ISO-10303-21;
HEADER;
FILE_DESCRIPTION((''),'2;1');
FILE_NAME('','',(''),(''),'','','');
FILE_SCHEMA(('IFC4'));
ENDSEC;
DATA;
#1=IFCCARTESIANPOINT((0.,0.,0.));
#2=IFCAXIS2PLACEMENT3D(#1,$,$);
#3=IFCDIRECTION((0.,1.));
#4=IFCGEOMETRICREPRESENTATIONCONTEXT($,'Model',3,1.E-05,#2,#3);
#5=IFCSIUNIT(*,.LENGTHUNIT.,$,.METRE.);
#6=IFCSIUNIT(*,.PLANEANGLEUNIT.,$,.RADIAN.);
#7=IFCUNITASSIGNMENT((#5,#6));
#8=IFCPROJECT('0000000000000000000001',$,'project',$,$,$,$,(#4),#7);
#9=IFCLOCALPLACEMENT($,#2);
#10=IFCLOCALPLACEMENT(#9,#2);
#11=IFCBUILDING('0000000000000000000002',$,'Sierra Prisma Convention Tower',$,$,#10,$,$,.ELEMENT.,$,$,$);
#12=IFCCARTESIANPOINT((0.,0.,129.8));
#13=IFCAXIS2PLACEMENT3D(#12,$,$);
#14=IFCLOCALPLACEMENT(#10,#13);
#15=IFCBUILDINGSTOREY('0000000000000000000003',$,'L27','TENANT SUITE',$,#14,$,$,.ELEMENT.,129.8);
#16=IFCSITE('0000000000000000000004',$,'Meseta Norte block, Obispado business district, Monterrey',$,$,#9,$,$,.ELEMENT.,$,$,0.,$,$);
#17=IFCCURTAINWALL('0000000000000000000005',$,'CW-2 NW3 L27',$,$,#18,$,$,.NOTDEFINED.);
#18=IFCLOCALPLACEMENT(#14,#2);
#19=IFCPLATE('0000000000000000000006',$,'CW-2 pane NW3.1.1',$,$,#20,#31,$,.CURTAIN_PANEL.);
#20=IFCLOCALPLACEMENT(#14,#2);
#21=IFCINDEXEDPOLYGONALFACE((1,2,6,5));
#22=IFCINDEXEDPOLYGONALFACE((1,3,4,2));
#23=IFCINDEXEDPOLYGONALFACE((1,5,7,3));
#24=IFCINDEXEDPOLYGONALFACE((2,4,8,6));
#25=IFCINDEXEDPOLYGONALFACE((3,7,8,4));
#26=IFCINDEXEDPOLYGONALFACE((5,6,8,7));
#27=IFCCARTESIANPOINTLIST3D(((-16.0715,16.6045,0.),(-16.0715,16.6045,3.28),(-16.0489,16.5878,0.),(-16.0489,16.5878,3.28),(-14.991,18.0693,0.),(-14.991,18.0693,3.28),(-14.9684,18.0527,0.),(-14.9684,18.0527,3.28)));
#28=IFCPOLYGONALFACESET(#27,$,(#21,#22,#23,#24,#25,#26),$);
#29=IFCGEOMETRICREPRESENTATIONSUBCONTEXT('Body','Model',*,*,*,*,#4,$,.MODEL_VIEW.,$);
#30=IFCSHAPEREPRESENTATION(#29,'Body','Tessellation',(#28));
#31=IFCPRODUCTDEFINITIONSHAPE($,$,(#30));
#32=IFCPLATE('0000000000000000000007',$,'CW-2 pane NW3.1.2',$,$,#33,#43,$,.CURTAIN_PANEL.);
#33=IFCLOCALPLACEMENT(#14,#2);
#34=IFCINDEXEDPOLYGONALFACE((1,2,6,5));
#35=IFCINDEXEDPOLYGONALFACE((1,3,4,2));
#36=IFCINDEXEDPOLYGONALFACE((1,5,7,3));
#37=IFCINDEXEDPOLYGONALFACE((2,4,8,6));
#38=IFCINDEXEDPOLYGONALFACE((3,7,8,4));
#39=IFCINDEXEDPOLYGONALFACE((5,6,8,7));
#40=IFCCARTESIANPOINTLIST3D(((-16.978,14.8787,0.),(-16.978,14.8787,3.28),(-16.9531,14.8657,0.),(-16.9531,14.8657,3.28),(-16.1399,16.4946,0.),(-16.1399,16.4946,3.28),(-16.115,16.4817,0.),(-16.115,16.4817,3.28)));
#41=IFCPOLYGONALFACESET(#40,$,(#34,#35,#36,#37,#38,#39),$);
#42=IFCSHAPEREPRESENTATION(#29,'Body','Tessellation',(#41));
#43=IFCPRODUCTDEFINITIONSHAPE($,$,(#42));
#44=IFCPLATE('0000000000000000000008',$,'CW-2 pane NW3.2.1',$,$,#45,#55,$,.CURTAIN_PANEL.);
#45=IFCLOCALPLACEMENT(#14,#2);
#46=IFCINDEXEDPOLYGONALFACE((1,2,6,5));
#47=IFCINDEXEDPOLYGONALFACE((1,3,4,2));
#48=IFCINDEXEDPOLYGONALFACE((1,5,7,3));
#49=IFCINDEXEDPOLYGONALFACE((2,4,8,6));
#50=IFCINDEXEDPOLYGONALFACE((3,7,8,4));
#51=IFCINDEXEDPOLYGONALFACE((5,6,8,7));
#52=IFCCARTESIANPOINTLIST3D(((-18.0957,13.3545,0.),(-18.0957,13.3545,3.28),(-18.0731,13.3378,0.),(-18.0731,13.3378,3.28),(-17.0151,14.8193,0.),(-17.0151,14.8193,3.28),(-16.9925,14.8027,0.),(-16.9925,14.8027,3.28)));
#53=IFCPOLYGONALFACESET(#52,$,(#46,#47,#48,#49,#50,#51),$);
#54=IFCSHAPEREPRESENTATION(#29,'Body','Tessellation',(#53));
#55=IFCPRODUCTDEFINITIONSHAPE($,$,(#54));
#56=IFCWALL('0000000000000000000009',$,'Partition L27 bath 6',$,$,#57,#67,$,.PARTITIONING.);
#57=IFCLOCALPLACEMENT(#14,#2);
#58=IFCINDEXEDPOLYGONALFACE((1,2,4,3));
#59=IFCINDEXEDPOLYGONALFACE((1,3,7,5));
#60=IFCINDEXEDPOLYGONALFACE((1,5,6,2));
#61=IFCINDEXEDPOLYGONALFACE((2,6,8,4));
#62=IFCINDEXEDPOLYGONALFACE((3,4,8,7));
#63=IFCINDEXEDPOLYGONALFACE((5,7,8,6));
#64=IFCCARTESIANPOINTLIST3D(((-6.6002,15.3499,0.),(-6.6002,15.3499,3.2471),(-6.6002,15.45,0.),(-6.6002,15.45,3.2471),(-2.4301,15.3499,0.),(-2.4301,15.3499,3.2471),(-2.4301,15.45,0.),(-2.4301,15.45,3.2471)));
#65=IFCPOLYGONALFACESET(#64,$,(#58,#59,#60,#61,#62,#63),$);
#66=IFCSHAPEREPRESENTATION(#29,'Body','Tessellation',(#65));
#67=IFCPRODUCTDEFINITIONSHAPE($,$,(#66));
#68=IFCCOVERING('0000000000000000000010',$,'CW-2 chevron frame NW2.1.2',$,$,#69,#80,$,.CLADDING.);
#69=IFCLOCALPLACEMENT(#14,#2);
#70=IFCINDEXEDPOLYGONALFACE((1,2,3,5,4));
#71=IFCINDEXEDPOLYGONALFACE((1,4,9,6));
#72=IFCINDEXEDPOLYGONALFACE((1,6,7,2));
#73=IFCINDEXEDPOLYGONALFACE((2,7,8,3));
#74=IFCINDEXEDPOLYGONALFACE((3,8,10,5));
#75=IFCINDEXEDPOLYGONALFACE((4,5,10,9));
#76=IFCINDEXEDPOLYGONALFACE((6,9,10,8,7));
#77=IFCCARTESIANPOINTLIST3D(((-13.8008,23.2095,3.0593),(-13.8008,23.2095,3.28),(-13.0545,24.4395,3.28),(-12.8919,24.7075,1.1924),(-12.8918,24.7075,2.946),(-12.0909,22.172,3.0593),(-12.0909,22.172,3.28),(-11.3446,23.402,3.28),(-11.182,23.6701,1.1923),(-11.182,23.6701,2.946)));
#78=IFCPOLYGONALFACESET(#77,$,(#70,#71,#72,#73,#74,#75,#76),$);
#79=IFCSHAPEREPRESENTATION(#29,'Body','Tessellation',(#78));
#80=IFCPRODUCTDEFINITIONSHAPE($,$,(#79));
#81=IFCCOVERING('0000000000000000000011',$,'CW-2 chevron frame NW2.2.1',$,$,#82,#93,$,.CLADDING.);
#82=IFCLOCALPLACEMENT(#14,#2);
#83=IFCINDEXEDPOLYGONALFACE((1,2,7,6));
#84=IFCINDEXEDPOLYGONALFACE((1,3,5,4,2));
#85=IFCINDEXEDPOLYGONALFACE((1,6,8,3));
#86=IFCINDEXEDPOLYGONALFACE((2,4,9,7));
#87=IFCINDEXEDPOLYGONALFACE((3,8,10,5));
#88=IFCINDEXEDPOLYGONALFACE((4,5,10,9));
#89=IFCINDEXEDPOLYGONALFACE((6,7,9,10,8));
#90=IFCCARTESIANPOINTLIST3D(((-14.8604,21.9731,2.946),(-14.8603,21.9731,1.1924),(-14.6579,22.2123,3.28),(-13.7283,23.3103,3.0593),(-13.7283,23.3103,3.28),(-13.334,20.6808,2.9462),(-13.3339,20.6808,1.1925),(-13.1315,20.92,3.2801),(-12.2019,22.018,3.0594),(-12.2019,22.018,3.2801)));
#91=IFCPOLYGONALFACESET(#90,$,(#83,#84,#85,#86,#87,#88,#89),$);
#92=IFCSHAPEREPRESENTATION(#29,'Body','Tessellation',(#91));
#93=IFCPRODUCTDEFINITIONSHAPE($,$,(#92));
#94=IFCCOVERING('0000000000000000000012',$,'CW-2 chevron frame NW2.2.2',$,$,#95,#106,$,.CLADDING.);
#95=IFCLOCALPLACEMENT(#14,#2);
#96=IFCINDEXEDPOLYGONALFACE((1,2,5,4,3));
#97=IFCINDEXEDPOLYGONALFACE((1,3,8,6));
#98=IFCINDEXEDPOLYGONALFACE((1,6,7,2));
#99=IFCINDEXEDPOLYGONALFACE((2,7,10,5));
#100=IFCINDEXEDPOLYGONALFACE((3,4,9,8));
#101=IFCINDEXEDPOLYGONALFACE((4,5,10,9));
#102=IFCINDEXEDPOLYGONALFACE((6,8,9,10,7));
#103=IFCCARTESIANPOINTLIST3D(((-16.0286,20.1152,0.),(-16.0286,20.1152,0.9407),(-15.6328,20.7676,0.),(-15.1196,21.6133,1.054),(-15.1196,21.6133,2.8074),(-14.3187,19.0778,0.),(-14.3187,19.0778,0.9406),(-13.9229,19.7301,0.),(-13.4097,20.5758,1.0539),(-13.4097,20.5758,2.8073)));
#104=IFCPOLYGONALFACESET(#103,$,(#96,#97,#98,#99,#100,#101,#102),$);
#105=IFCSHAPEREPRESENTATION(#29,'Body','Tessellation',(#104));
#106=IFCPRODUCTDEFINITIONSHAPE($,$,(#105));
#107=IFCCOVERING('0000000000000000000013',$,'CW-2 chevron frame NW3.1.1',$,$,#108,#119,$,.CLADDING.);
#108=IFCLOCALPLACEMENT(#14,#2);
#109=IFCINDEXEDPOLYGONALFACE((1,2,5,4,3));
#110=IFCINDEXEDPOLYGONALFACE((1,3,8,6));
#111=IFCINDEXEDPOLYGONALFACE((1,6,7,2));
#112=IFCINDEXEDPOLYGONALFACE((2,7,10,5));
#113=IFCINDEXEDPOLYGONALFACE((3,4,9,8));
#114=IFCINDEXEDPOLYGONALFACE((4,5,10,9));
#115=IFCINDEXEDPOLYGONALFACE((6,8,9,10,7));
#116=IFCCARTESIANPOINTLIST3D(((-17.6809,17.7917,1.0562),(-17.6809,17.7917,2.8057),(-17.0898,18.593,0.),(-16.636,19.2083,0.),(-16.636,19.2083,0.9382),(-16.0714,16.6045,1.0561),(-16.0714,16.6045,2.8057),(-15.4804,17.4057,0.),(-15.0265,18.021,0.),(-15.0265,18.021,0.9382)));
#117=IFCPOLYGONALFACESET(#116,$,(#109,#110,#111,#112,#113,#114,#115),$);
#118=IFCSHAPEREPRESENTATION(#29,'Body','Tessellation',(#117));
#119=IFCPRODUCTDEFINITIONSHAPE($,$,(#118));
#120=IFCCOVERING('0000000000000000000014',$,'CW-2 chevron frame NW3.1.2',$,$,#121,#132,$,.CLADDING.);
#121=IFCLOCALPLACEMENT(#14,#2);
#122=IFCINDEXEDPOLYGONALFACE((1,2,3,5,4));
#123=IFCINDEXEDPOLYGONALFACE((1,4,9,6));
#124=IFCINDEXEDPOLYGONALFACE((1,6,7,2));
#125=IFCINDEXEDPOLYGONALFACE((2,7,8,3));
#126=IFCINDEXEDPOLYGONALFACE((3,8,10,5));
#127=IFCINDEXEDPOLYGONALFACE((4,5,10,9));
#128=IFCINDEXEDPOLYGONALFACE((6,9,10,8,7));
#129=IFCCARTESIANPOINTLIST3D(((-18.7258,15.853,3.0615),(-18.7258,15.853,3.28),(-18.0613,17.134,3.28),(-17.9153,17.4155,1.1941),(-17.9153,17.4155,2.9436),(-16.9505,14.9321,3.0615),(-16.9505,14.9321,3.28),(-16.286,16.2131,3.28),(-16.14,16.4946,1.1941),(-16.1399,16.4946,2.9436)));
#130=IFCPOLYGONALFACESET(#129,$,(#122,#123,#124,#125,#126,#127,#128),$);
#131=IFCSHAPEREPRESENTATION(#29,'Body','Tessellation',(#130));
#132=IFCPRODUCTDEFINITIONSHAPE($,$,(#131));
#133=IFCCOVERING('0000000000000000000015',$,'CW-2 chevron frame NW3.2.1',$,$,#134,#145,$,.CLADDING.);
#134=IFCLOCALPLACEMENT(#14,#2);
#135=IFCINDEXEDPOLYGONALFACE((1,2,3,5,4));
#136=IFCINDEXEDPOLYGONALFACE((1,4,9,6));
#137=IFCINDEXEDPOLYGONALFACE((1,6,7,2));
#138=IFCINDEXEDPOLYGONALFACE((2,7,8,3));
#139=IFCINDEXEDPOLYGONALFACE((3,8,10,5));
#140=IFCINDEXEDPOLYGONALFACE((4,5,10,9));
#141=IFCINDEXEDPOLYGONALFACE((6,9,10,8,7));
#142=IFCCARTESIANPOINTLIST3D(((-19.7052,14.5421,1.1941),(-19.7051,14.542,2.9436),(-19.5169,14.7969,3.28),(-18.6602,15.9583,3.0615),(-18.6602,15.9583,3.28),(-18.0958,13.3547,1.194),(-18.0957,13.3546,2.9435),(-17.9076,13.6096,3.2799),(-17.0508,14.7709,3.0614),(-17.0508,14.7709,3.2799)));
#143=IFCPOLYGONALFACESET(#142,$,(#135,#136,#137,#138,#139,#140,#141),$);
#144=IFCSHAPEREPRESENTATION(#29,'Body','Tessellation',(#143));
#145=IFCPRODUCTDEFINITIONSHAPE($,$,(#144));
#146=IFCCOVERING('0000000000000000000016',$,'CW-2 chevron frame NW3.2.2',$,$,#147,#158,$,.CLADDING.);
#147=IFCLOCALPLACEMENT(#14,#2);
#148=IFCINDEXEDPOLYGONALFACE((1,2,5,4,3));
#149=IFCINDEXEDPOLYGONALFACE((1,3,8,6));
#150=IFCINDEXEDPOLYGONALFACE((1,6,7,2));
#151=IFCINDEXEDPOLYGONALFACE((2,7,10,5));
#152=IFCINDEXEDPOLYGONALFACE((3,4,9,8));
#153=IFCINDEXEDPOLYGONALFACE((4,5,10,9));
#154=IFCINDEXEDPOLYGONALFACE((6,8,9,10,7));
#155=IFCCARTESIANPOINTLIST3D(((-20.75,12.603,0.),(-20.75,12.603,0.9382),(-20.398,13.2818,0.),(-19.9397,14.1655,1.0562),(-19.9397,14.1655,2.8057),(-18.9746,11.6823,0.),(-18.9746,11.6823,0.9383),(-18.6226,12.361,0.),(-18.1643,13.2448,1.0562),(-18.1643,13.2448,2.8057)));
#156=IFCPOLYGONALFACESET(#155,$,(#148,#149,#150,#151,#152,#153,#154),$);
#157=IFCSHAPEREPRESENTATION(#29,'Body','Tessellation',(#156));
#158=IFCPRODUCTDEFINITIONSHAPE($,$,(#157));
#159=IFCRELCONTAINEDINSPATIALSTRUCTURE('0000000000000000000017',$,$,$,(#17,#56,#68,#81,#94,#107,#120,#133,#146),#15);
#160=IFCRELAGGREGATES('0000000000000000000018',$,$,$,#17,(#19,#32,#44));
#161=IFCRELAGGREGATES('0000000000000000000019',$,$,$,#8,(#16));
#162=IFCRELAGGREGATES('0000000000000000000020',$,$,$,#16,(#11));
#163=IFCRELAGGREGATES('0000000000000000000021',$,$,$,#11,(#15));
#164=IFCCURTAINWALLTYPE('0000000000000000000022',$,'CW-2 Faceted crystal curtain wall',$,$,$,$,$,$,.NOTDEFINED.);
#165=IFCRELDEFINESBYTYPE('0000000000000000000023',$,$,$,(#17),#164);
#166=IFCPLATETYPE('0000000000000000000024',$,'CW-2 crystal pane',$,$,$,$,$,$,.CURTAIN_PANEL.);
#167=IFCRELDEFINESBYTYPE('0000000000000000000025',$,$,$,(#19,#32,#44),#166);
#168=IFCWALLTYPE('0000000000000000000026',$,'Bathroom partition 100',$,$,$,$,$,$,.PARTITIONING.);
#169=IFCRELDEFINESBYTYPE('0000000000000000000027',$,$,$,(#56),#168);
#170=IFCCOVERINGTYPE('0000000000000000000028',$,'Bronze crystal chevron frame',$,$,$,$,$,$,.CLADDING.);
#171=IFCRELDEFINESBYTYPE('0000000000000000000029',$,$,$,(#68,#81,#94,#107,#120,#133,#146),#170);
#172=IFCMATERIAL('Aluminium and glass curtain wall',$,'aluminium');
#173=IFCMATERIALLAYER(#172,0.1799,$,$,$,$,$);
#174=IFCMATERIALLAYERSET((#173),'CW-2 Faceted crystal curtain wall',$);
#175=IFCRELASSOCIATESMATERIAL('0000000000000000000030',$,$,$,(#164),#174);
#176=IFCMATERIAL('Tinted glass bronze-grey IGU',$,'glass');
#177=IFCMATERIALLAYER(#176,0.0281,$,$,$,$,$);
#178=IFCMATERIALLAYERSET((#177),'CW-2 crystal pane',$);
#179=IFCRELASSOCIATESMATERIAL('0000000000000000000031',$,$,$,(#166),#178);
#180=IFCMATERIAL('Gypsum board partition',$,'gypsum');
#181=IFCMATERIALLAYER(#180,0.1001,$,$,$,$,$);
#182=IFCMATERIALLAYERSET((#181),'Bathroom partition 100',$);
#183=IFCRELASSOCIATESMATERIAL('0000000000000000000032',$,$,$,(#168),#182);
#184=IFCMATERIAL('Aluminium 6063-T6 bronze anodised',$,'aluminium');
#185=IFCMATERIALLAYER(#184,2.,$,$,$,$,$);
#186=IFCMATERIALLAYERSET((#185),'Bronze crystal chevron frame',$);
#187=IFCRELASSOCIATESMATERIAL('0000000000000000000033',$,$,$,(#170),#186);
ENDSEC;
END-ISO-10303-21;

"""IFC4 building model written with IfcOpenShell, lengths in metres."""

from ifc_helpers import new_model, si_unit, direction, frame, frame_2d, origin, place, context, subcontext, project, spatial, polyline, rectangle, outline, extrude, material, layer, layer_set, type_object, element, aggregate, save


model = new_model("IFC4")

# Units and contexts
model_context = context("Model", 3, precision=1e-05, world=origin(), true_north=direction((0.0, 1.0)))
body_context = subcontext(model_context, "Body", "Model", "MODEL_VIEW")
ifc_project = project(units=[si_unit("LENGTHUNIT", "METRE"), si_unit("PLANEANGLEUNIT", "RADIAN")], contexts=[model_context])

# Site, building, storey
site_placement = place(None, origin())
site = spatial("IfcSite", under=ifc_project, at=site_placement, Name="Meseta Norte block, Obispado business district, Monterrey", CompositionType="ELEMENT", RefElevation=0.0)
building_placement = place(site_placement, origin())
building = spatial("IfcBuilding", under=site, at=building_placement, Name="Sierra Prisma Convention Tower", CompositionType="ELEMENT")
storey_placement = place(building_placement, frame((0.0, 0.0, 129.8)))
storey = spatial("IfcBuildingStorey", under=building, at=storey_placement, Name="L27", Description="TENANT SUITE", CompositionType="ELEMENT", Elevation=129.8)

# Curtain wall
ifc_material_1 = material(Name="Aluminium and glass curtain wall", Category="aluminium")
ifc_layer_1 = layer(ifc_material_1, 0.1799)
ifc_layer_set_1 = layer_set([ifc_layer_1], Name="CW-2 Faceted crystal curtain wall")
curtain_wall_type = type_object("IfcCurtainWallType", Name="CW-2 Faceted crystal curtain wall", PredefinedType="NOTDEFINED", material=ifc_layer_set_1)
curtain_wall_1_placement = place(storey_placement, origin())
curtain_wall_1 = element("IfcCurtainWall", 1, at=curtain_wall_1_placement, inside=storey, type_object=curtain_wall_type, Name="CW-2 NW3 L27", PredefinedType="NOTDEFINED")

# Plates
ifc_material_2 = material(Name="Tinted glass bronze-grey IGU", Category="glass")
ifc_layer_2 = layer(ifc_material_2, 0.0281)
ifc_layer_set_2 = layer_set([ifc_layer_2], Name="CW-2 crystal pane")
plate_type = type_object("IfcPlateType", Name="CW-2 crystal pane", PredefinedType="CURTAIN_PANEL", material=ifc_layer_set_2)
plate_1_placement = place(storey_placement, frame((-14.991, 18.0693, 0.0), z_axis=(-0.804739, 0.593629, 0.0), x_axis=(-0.593629, -0.804739, 0.0)))
plate_1 = element("IfcPlate", 2, at=plate_1_placement, type_object=plate_type, Name="CW-2 pane NW3.1.1", PredefinedType="CURTAIN_PANEL", context=body_context, shape_type="SweptSolid", body=[
    extrude(outline(polyline([(0.0, 0.0), (1.8203, 0.0), (1.8203, 3.28), (0.0, 3.28), (0.0, 0.0)])), origin(), (0.0, 0.0, -1.0), 0.0281),
])
plate_2_placement = place(storey_placement, frame((-16.978, 14.8787, 0.0), z_axis=(-0.887704, 0.460415, 0.0), x_axis=(0.460415, 0.887704, 0.0)))
plate_2 = element("IfcPlate", 3, at=plate_2_placement, type_object=plate_type, Name="CW-2 pane NW3.1.2", PredefinedType="CURTAIN_PANEL", context=body_context, shape_type="SweptSolid", body=[
    extrude(outline(polyline([(0.0, 0.0), (1.8204, 0.0), (1.8204, -3.28), (0.0, -3.28), (0.0, 0.0)])), origin(), (0.0, 0.0, -1.0), 0.0281),
])
plate_3_placement = place(storey_placement, frame((-17.0151, 14.8193, 0.0), z_axis=(-0.804739, 0.593629, 0.0), x_axis=(-0.593629, -0.804739, 0.0)))
plate_3 = element("IfcPlate", 4, at=plate_3_placement, type_object=plate_type, Name="CW-2 pane NW3.2.1", PredefinedType="CURTAIN_PANEL", context=body_context, shape_type="SweptSolid", body=[
    extrude(outline(polyline([(0.0, 0.0), (1.8203, 0.0), (1.8203, 3.28), (0.0, 3.28), (0.0, 0.0)])), origin(), (0.0, 0.0, -1.0), 0.0281),
])
aggregate(curtain_wall_1, [plate_1, plate_2, plate_3])

# Wall
ifc_material_3 = material(Name="Gypsum board partition", Category="gypsum")
ifc_layer_3 = layer(ifc_material_3, 0.1001)
ifc_layer_set_3 = layer_set([ifc_layer_3], Name="Bathroom partition 100")
wall_type = type_object("IfcWallType", Name="Bathroom partition 100", PredefinedType="PARTITIONING", material=ifc_layer_set_3)
wall_placement = place(storey_placement, frame((-6.6001, 15.3999, 0.0), z_axis=(0.0, 0.0, 1.0), x_axis=(1.0, 0.0, 0.0)))
element("IfcWall", 5, at=wall_placement, inside=storey, type_object=wall_type, Name="Partition L27 bath 6", PredefinedType="PARTITIONING", context=body_context, shape_type="SweptSolid", body=[
    extrude(rectangle(XDim=4.1702, YDim=0.1001, at=frame_2d((2.085, 0.0))), origin(), (0.0, 0.0, 1.0), 3.2471),
])

# Coverings
ifc_material_4 = material(Name="Aluminium 6063-T6 bronze anodised", Category="aluminium")
ifc_layer_4 = layer(ifc_material_4, 2.0)
ifc_layer_set_4 = layer_set([ifc_layer_4], Name="Bronze crystal chevron frame")
covering_type = type_object("IfcCoveringType", Name="Bronze crystal chevron frame", PredefinedType="CLADDING", material=ifc_layer_set_4)
covering_1_placement = place(storey_placement, frame((-12.8918, 24.7075, 2.946), z_axis=(-0.854936, 0.518734, 0.000019), x_axis=(-0.000017, 0.00001, -1.0)))
element("IfcCovering", 6, at=covering_1_placement, inside=storey, type_object=covering_type, Name="CW-2 chevron frame NW2.1.2", PredefinedType="CLADDING", context=body_context, shape_type="SweptSolid", body=[
    extrude(outline(polyline([(0.0, 0.0), (1.7537, 0.0), (-0.1133, 1.7522), (-0.334, 1.7522), (-0.334, 0.3135), (0.0, 0.0)])), origin(), (0.0, 0.0, -1.0), 2.0),
])
covering_2_placement = place(storey_placement, frame((-13.7283, 23.3103, 3.28), z_axis=(-0.763199, 0.646163, -0.000058), x_axis=(0.000044, -0.000037, -1.0)))
element("IfcCovering", 7, at=covering_2_placement, inside=storey, type_object=covering_type, Name="CW-2 chevron frame NW2.2.1", PredefinedType="CLADDING", context=body_context, shape_type="SweptSolid", body=[
    extrude(outline(polyline([(0.0, 0.0), (0.2207, 0.0), (2.0876, 1.752), (0.334, 1.752), (0.0, 1.4386), (0.0, 0.0)])), origin(), (0.0, 0.0, -1.0), 2.0),
])
covering_3_placement = place(storey_placement, frame((-16.0286, 20.1152, 0.0), z_axis=(-0.854942, 0.518723, 0.000015), x_axis=(0.000013, -0.000008, 1.0)))
element("IfcCovering", 8, at=covering_3_placement, inside=storey, type_object=covering_type, Name="CW-2 chevron frame NW2.2.2", PredefinedType="CLADDING", context=body_context, shape_type="SweptSolid", body=[
    extrude(outline(polyline([(0.0, 0.0), (0.9407, 0.0), (2.8074, 1.7522), (1.054, 1.7522), (0.0, 0.763), (0.0, 0.0)])), origin(), (0.0, 0.0, -1.0), 2.0),
])
covering_4_placement = place(storey_placement, frame((-16.636, 19.2083, 0.0), z_axis=(-0.804734, 0.593636, 0.000003), x_axis=(-0.593636, -0.804734, 0.0)))
element("IfcCovering", 9, at=covering_4_placement, inside=storey, type_object=covering_type, Name="CW-2 chevron frame NW3.1.1", PredefinedType="CLADDING", context=body_context, shape_type="SweptSolid", body=[
    extrude(outline(polyline([(0.0, 0.0), (0.7645, 0.0), (1.7602, 1.0562), (1.7602, 2.8057), (0.0, 0.9382), (0.0, 0.0)])), origin(), (0.0, 0.0, -1.0), 2.0),
])
covering_5_placement = place(storey_placement, frame((-17.9153, 17.4155, 2.9436), z_axis=(-0.88767, 0.460481, 0.000011), x_axis=(-0.00001, 0.000005, -1.0)))
element("IfcCovering", 10, at=covering_5_placement, inside=storey, type_object=covering_type, Name="CW-2 chevron frame NW3.1.2", PredefinedType="CLADDING", context=body_context, shape_type="SweptSolid", body=[
    extrude(outline(polyline([(0.0, 0.0), (1.7495, 0.0), (-0.1179, 1.7602), (-0.3364, 1.7602), (-0.3364, 0.3171), (0.0, 0.0)])), origin(), (0.0, 0.0, -1.0), 2.0),
])
covering_6_placement = place(storey_placement, frame((-18.6602, 15.9583, 3.28), z_axis=(-0.804693, 0.593691, 0.000064), x_axis=(-0.000052, 0.000038, -1.0)))
element("IfcCovering", 11, at=covering_6_placement, inside=storey, type_object=covering_type, Name="CW-2 chevron frame NW3.2.1", PredefinedType="CLADDING", context=body_context, shape_type="SweptSolid", body=[
    extrude(outline(polyline([(0.0, 0.0), (0.2185, 0.0), (2.0859, 1.76), (0.3364, 1.76), (0.0, 1.4432), (0.0, 0.0)])), origin(), (0.0, 0.0, -1.0), 2.0),
])
covering_7_placement = place(storey_placement, frame((-20.75, 12.603, 0.0), z_axis=(-0.887721, 0.460381, -0.000021), x_axis=(-0.000019, 0.00001, 1.0)))
element("IfcCovering", 12, at=covering_7_placement, inside=storey, type_object=covering_type, Name="CW-2 chevron frame NW3.2.2", PredefinedType="CLADDING", context=body_context, shape_type="SweptSolid", body=[
    extrude(outline(polyline([(0.0, 0.0), (0.9382, 0.0), (2.8057, 1.7601), (1.0562, 1.7601), (0.0, 0.7646), (0.0, 0.0)])), origin(), (0.0, 0.0, -1.0), 2.0),
])

save(model, "model.ifc")
